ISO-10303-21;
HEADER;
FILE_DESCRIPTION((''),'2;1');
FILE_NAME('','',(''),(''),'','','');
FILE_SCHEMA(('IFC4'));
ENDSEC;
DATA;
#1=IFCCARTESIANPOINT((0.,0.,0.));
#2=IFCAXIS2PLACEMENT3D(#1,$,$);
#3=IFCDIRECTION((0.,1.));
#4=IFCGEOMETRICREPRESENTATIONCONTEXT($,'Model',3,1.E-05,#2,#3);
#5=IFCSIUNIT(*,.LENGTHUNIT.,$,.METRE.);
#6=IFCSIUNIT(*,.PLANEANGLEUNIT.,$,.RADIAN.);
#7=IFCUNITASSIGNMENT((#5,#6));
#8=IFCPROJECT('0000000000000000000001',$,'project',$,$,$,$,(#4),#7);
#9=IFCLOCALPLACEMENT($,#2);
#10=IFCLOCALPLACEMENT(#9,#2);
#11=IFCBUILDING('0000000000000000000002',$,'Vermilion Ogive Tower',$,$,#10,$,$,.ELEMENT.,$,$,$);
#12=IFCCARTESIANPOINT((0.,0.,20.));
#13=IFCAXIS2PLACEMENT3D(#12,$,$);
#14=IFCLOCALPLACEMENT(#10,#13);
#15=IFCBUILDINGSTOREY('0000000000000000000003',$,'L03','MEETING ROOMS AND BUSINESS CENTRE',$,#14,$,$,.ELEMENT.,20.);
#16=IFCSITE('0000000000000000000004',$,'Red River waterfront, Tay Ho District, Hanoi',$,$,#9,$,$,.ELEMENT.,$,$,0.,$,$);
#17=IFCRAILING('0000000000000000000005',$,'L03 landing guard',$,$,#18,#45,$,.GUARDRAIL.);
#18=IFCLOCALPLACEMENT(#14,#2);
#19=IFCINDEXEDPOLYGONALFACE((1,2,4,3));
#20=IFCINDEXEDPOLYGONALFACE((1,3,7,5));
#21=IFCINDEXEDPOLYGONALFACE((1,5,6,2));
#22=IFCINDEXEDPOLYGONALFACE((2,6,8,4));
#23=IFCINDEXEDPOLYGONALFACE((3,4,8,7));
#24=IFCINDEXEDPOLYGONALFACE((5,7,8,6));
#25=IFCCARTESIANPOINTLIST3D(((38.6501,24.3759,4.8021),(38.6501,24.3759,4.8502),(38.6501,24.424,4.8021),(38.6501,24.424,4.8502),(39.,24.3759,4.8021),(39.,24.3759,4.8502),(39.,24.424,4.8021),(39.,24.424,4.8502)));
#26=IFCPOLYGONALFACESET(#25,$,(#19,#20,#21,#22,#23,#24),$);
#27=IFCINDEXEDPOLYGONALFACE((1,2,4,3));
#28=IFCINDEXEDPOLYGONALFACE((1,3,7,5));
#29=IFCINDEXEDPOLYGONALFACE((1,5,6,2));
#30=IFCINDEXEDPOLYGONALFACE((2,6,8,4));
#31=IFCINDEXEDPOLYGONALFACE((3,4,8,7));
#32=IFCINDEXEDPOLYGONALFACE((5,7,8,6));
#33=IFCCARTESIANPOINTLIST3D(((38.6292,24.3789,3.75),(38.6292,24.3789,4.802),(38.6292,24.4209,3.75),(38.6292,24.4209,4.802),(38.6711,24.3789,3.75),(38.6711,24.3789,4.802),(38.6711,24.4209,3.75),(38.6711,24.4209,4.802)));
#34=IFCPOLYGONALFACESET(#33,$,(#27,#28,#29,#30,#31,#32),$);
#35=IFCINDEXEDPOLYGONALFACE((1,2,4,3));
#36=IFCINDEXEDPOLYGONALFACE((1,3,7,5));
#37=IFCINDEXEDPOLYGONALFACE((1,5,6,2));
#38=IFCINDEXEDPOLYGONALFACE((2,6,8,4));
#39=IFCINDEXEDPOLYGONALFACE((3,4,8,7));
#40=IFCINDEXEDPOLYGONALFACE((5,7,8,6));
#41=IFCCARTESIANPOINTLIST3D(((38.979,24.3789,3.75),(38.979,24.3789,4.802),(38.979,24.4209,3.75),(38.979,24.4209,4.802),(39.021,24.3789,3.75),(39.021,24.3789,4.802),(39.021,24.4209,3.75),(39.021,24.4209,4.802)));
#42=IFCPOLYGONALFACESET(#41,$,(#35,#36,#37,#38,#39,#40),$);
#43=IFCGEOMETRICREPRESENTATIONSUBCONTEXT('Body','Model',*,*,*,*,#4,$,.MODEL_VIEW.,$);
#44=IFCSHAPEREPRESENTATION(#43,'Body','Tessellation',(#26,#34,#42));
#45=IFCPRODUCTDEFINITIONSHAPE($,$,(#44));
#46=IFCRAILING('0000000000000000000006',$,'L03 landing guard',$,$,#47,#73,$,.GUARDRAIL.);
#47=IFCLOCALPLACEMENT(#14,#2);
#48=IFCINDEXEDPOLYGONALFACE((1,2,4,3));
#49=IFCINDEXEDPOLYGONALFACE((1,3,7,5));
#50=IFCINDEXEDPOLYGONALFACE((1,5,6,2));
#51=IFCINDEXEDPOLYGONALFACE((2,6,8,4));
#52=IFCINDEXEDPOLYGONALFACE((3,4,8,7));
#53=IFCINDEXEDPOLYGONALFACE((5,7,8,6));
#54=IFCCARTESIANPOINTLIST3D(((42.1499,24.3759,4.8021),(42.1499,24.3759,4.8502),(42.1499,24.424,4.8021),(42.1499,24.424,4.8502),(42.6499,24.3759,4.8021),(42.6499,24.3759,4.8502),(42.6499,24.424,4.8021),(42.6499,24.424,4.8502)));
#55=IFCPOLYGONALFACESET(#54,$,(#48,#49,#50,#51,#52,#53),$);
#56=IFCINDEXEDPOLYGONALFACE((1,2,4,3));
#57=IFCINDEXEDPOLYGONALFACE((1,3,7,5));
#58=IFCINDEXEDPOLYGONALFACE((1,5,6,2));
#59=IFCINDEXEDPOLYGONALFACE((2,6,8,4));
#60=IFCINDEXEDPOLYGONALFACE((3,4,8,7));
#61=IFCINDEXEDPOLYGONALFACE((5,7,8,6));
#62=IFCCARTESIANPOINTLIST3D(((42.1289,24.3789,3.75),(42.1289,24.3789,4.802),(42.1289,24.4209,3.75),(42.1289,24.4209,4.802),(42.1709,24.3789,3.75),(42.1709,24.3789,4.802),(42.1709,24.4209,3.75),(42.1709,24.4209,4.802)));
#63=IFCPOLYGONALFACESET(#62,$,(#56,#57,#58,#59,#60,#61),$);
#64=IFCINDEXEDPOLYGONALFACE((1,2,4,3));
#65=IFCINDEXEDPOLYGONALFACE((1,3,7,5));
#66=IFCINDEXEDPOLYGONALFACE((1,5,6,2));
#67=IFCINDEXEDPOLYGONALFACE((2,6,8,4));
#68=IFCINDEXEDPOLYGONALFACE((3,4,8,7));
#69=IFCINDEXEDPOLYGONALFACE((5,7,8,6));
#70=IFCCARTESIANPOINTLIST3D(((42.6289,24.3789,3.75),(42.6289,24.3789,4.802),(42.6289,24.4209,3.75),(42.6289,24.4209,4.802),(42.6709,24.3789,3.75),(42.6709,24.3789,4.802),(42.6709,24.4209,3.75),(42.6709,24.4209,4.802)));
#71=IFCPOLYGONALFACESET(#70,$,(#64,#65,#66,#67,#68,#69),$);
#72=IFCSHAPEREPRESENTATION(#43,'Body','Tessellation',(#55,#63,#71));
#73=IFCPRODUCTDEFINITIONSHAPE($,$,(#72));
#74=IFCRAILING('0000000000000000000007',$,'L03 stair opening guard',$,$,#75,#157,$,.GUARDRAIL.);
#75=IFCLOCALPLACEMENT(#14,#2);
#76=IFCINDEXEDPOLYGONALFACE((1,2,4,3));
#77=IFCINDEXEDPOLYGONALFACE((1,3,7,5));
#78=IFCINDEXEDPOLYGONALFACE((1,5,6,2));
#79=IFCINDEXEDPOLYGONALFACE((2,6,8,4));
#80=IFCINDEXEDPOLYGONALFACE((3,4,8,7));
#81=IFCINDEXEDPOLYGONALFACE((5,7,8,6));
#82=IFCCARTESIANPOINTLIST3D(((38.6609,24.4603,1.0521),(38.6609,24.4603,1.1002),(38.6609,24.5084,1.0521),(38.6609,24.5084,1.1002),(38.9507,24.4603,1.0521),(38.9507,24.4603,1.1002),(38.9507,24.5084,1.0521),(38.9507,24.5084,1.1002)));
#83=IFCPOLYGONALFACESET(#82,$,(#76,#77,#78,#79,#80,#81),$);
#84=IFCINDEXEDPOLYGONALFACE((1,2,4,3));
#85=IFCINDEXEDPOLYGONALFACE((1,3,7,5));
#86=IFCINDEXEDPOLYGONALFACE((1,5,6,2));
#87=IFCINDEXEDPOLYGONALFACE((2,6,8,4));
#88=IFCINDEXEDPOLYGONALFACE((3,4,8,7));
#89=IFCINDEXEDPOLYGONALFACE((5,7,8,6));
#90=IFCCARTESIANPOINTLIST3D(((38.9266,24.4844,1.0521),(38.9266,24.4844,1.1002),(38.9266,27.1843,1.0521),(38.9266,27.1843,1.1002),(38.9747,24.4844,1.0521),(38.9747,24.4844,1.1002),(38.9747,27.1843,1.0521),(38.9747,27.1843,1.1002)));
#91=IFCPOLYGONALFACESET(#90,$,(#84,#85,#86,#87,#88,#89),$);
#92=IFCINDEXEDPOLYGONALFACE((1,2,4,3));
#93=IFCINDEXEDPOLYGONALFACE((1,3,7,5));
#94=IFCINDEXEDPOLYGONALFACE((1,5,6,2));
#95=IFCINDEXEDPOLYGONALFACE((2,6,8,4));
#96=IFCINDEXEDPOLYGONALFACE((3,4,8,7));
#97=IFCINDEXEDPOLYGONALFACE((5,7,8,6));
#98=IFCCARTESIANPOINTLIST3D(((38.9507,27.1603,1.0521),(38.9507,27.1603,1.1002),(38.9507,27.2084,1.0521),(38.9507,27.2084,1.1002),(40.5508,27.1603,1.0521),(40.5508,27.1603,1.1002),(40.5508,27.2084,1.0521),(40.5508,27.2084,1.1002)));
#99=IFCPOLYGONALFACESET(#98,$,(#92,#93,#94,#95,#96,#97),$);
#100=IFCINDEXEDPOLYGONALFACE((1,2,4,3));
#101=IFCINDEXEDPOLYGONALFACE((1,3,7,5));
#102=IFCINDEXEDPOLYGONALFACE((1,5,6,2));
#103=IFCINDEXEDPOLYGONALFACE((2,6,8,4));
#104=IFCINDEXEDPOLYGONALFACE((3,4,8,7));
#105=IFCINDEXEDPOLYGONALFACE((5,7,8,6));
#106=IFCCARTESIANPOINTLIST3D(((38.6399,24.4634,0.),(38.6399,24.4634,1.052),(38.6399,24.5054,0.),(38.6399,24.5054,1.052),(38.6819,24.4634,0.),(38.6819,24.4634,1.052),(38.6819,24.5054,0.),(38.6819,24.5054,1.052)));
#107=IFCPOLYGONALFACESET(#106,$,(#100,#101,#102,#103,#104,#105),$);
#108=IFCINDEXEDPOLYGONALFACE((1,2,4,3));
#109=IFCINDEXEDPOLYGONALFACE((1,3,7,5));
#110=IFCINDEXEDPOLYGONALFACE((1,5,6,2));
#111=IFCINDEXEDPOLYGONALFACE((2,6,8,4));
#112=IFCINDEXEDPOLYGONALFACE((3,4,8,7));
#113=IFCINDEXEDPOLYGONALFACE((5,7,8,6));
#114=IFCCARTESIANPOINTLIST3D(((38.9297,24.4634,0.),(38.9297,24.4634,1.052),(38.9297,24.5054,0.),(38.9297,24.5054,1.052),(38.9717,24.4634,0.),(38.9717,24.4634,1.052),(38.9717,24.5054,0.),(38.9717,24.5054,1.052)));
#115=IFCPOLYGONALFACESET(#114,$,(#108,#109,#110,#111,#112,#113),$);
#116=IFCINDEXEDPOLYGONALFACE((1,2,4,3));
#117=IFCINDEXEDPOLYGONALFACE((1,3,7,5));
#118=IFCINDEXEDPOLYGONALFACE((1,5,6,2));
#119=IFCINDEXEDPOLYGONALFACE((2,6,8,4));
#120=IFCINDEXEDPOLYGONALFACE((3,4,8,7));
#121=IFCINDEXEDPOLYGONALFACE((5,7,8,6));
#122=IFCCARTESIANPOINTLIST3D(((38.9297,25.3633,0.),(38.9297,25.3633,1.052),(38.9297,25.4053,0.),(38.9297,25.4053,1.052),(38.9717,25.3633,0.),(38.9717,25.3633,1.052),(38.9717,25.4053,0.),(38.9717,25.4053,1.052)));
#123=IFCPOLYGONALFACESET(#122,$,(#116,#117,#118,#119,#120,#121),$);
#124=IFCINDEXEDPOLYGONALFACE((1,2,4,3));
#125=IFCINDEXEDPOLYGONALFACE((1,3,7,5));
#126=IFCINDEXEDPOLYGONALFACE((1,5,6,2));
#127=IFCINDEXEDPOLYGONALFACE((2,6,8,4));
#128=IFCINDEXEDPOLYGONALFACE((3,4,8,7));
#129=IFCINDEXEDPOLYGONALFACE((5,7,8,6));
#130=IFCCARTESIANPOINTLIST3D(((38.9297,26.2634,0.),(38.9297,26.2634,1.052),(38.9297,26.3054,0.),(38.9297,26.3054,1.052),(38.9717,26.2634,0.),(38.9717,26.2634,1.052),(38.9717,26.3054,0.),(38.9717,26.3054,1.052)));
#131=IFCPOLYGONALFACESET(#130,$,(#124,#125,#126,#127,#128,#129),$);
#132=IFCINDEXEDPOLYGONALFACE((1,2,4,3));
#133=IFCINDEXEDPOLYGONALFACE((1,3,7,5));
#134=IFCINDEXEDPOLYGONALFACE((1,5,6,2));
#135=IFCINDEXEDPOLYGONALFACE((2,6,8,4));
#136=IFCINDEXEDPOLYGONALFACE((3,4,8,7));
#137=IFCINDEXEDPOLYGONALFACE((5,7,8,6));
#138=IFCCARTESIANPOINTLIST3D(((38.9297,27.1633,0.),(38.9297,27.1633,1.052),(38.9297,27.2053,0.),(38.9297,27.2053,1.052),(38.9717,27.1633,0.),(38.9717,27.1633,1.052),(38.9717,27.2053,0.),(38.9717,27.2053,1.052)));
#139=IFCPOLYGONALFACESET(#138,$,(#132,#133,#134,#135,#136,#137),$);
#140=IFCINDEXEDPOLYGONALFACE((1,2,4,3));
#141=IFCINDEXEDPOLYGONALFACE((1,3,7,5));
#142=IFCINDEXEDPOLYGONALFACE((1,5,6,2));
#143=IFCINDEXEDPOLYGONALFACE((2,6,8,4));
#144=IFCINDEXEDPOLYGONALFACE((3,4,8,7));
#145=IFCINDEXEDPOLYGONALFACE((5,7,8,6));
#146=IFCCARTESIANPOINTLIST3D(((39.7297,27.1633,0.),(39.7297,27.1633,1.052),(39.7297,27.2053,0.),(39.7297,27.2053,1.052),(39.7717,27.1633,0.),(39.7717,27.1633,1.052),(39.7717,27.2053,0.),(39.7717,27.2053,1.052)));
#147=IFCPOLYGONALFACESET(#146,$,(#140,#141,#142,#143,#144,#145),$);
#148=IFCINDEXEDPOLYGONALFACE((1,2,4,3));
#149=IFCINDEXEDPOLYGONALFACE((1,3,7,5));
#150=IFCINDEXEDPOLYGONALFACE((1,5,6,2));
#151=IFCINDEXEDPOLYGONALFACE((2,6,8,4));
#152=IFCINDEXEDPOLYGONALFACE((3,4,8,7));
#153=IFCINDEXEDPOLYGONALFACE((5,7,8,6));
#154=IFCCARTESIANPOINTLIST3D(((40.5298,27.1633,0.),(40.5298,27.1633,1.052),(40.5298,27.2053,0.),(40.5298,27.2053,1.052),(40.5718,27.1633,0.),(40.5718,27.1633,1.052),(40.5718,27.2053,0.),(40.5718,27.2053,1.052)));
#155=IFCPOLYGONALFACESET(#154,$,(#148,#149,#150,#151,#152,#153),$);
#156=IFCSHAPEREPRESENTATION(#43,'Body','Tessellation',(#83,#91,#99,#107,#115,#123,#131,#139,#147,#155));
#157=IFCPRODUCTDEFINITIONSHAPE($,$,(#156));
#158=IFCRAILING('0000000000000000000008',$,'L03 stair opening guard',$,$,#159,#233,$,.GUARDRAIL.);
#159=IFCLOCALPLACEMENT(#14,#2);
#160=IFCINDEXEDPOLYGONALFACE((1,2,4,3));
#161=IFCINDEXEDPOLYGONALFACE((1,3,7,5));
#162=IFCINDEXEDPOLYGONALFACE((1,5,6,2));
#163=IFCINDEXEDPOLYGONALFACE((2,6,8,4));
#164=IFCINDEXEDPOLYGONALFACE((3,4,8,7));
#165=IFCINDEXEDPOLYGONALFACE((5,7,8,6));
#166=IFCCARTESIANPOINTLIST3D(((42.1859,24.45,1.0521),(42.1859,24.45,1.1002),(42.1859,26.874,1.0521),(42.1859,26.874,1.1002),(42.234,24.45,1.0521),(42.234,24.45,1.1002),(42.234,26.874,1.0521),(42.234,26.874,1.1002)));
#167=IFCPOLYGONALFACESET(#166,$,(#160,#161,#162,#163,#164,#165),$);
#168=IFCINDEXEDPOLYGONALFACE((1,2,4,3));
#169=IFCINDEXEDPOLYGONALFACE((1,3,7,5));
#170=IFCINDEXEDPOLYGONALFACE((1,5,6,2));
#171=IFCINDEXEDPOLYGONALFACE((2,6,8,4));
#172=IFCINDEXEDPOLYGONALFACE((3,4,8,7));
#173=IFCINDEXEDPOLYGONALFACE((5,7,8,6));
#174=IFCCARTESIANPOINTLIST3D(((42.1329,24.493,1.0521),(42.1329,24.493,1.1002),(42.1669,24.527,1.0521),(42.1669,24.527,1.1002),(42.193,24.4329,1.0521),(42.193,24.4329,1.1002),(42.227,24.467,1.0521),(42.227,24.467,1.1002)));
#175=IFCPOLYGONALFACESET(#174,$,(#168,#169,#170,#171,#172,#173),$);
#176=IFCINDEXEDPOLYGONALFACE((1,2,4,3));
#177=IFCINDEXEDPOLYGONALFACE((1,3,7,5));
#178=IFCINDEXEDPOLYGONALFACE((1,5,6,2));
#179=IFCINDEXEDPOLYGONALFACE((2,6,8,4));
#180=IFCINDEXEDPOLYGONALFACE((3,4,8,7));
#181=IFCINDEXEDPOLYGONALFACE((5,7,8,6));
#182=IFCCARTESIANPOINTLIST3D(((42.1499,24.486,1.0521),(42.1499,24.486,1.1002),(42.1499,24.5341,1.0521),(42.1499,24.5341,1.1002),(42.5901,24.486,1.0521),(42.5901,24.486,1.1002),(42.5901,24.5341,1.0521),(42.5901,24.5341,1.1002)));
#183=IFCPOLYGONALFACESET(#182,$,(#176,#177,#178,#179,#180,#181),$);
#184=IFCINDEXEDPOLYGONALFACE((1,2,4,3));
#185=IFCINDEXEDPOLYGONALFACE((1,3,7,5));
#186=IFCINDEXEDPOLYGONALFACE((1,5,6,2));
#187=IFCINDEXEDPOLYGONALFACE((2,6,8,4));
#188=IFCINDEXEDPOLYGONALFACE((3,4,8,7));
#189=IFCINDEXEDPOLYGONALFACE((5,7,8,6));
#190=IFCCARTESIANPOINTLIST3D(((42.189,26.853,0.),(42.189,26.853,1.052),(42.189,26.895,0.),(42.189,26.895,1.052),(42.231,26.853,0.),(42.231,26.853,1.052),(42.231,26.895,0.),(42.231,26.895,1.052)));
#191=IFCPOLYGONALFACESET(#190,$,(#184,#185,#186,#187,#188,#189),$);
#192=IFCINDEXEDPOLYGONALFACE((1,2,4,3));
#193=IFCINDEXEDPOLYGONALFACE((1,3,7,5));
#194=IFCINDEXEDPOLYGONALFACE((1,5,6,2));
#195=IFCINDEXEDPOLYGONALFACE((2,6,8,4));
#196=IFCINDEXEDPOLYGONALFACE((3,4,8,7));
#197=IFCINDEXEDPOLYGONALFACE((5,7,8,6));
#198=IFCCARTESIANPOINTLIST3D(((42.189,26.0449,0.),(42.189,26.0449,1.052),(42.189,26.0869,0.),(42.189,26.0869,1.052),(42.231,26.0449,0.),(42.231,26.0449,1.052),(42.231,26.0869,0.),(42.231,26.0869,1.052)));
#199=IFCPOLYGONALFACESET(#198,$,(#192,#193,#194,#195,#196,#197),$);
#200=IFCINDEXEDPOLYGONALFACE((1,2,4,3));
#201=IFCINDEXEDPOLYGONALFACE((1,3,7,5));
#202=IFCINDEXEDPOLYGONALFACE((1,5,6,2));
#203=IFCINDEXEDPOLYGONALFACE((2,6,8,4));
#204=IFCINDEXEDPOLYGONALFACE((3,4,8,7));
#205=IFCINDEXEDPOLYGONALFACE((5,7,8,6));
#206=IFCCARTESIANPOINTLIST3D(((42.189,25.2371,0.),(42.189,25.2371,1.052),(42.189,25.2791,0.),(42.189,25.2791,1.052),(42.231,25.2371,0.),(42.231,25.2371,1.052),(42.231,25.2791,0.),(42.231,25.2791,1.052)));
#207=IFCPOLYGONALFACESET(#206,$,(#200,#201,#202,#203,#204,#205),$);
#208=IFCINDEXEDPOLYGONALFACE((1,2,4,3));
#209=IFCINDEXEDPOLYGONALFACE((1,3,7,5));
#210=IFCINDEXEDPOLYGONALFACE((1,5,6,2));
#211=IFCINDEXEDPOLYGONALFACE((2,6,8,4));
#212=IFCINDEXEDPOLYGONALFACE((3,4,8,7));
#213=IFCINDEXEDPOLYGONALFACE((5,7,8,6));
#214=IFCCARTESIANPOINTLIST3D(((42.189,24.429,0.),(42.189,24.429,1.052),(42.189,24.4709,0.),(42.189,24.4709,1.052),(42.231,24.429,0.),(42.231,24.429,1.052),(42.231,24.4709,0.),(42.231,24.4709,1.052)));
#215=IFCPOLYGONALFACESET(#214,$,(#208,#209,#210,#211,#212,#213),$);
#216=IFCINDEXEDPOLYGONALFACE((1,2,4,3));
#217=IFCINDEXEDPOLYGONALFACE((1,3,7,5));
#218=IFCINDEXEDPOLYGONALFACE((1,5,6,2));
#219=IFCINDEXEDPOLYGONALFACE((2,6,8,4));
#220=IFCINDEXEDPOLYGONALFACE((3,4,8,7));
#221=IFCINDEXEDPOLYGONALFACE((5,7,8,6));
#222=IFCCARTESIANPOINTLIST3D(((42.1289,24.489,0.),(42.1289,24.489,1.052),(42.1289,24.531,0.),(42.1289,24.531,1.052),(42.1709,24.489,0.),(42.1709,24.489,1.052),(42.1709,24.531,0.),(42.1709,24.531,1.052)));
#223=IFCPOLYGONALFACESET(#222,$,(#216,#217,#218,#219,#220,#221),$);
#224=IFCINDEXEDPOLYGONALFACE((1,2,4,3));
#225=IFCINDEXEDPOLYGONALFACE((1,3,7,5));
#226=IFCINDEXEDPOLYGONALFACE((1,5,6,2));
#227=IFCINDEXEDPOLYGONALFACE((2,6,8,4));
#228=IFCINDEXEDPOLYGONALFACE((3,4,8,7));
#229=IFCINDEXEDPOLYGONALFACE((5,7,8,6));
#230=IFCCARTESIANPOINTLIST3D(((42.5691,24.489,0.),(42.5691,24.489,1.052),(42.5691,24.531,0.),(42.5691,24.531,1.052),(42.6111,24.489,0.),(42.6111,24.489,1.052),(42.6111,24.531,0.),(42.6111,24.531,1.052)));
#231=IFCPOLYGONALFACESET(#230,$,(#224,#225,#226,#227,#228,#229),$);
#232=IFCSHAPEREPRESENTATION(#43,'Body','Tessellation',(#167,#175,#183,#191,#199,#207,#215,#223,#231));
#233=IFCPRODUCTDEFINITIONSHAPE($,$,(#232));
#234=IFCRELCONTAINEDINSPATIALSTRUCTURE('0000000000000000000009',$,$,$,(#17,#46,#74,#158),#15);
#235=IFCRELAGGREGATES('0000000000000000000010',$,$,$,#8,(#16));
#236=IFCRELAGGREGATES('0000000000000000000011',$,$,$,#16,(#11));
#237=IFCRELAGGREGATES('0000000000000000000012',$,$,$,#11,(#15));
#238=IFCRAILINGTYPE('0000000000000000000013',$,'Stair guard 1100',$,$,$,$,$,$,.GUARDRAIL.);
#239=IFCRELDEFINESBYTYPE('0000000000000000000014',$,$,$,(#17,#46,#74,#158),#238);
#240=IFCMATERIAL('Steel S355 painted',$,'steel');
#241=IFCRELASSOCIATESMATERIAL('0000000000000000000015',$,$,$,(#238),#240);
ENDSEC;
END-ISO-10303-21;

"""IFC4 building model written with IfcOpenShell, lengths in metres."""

from ifc_helpers import new_model, si_unit, direction, frame, origin, origin_2d, place, context, subcontext, project, spatial, rectangle, extrude, material, type_object, element, save


model = new_model("IFC4")

# Units and contexts
model_context = context("Model", 3, precision=1e-05, world=origin(), true_north=direction((0.0, 1.0)))
body_context = subcontext(model_context, "Body", "Model", "MODEL_VIEW")
ifc_project = project(units=[si_unit("LENGTHUNIT", "METRE"), si_unit("PLANEANGLEUNIT", "RADIAN")], contexts=[model_context])

# Site, building, storey
site_placement = place(None, origin())
site = spatial("IfcSite", under=ifc_project, at=site_placement, Name="Red River waterfront, Tay Ho District, Hanoi", CompositionType="ELEMENT", RefElevation=0.0)
building_placement = place(site_placement, origin())
building = spatial("IfcBuilding", under=site, at=building_placement, Name="Vermilion Ogive Tower", CompositionType="ELEMENT")
storey_placement = place(building_placement, frame((0.0, 0.0, 20.0)))
storey = spatial("IfcBuildingStorey", under=building, at=storey_placement, Name="L03", Description="MEETING ROOMS AND BUSINESS CENTRE", CompositionType="ELEMENT", Elevation=20.0)

# Railings
ifc_material_1 = material(Name="Steel S355 painted", Category="steel")
railing_type_1 = type_object("IfcRailingType", Name="Stair guard 1100", PredefinedType="GUARDRAIL", material=ifc_material_1)
railing_1_placement = place(storey_placement, frame((38.6501, 24.3999, 3.75)))
element("IfcRailing", 1, at=railing_1_placement, inside=storey, type_object=railing_type_1, Name="L03 landing guard", PredefinedType="GUARDRAIL", context=body_context, shape_type="SweptSolid", body=[
    extrude(rectangle(XDim=0.0481, YDim=0.0481, at=origin_2d()), frame((0.0, 0.0, 1.0762), z_axis=(1.0, 0.0, 0.0), x_axis=(0.0, 1.0, 0.0)), (0.0, 0.0, 1.0), 0.3499),
    extrude(rectangle(XDim=0.042, YDim=0.042, at=origin_2d()), origin(), (0.0, 0.0, 1.0), 1.052),
    extrude(rectangle(XDim=0.042, YDim=0.042, at=origin_2d()), frame((0.3499, 0.0, 0.0)), (0.0, 0.0, 1.0), 1.052),
])
railing_2_placement = place(storey_placement, frame((42.1499, 24.3999, 3.75)))
element("IfcRailing", 2, at=railing_2_placement, inside=storey, type_object=railing_type_1, Name="L03 landing guard", PredefinedType="GUARDRAIL", context=body_context, shape_type="SweptSolid", body=[
    extrude(rectangle(XDim=0.0481, YDim=0.0481, at=origin_2d()), frame((0.0, 0.0, 1.0762), z_axis=(1.0, 0.0, 0.0), x_axis=(0.0, 1.0, 0.0)), (0.0, 0.0, 1.0), 0.5),
    extrude(rectangle(XDim=0.042, YDim=0.042, at=origin_2d()), origin(), (0.0, 0.0, 1.0), 1.052),
    extrude(rectangle(XDim=0.042, YDim=0.042, at=origin_2d()), frame((0.5, 0.0, 0.0)), (0.0, 0.0, 1.0), 1.052),
])
railing_3_placement = place(storey_placement, frame((38.6609, 24.4844, 0.0)))
element("IfcRailing", 3, at=railing_3_placement, inside=storey, type_object=railing_type_1, Name="L03 stair opening guard", PredefinedType="GUARDRAIL", context=body_context, shape_type="SweptSolid", body=[
    extrude(rectangle(XDim=0.0481, YDim=0.0481, at=origin_2d()), frame((0.0, 0.0, 1.0762), z_axis=(1.0, 0.0, 0.0), x_axis=(0.0, 1.0, 0.0)), (0.0, 0.0, 1.0), 0.2898),
    extrude(rectangle(XDim=0.0481, YDim=0.0481, at=origin_2d()), frame((0.2898, 0.0, 1.0762), z_axis=(0.0, 1.0, 0.0), x_axis=(-1.0, 0.0, 0.0)), (0.0, 0.0, 1.0), 2.7),
    extrude(rectangle(XDim=0.0481, YDim=0.0481, at=origin_2d()), frame((0.2898, 2.7, 1.0762), z_axis=(1.0, 0.0, 0.0), x_axis=(0.0, 1.0, 0.0)), (0.0, 0.0, 1.0), 1.6001),
    extrude(rectangle(XDim=0.042, YDim=0.042, at=origin_2d()), origin(), (0.0, 0.0, 1.0), 1.052),
    extrude(rectangle(XDim=0.042, YDim=0.042, at=origin_2d()), frame((0.2898, 0.0, 0.0)), (0.0, 0.0, 1.0), 1.052),
    extrude(rectangle(XDim=0.042, YDim=0.042, at=origin_2d()), frame((0.2898, 0.8999, 0.0)), (0.0, 0.0, 1.0), 1.052),
    extrude(rectangle(XDim=0.042, YDim=0.042, at=origin_2d()), frame((0.2898, 1.8, 0.0)), (0.0, 0.0, 1.0), 1.052),
    extrude(rectangle(XDim=0.042, YDim=0.042, at=origin_2d()), frame((0.2898, 2.7, 0.0)), (0.0, 0.0, 1.0), 1.052),
    extrude(rectangle(XDim=0.042, YDim=0.042, at=origin_2d()), frame((1.0898, 2.7, 0.0)), (0.0, 0.0, 1.0), 1.052),
    extrude(rectangle(XDim=0.042, YDim=0.042, at=origin_2d()), frame((1.8899, 2.7, 0.0)), (0.0, 0.0, 1.0), 1.052),
])
railing_4_placement = place(storey_placement, frame((42.21, 26.874, 0.0)))
element("IfcRailing", 4, at=railing_4_placement, inside=storey, type_object=railing_type_1, Name="L03 stair opening guard", PredefinedType="GUARDRAIL", context=body_context, shape_type="SweptSolid", body=[
    extrude(rectangle(XDim=0.0481, YDim=0.0481, at=origin_2d()), frame((0.0, 0.0, 1.0762), z_axis=(0.0, -1.0, 0.0), x_axis=(1.0, 0.0, 0.0)), (0.0, 0.0, 1.0), 2.4241),
    extrude(rectangle(XDim=0.0481, YDim=0.0481, at=origin_2d()), frame((0.0, -2.4241, 1.0762), z_axis=(-0.707107, 0.707107, 0.0), x_axis=(-0.707107, -0.707107, 0.0)), (0.0, 0.0, 1.0), 0.085),
    extrude(rectangle(XDim=0.0481, YDim=0.0481, at=origin_2d()), frame((-0.0601, -2.364, 1.0762), z_axis=(1.0, 0.0, 0.0), x_axis=(0.0, 1.0, 0.0)), (0.0, 0.0, 1.0), 0.4402),
    extrude(rectangle(XDim=0.042, YDim=0.042, at=origin_2d()), origin(), (0.0, 0.0, 1.0), 1.052),
    extrude(rectangle(XDim=0.042, YDim=0.042, at=origin_2d()), frame((0.0, -0.8081, 0.0)), (0.0, 0.0, 1.0), 1.052),
    extrude(rectangle(XDim=0.042, YDim=0.042, at=origin_2d()), frame((0.0, -1.616, 0.0)), (0.0, 0.0, 1.0), 1.052),
    extrude(rectangle(XDim=0.042, YDim=0.042, at=origin_2d()), frame((0.0, -2.4241, 0.0)), (0.0, 0.0, 1.0), 1.052),
    extrude(rectangle(XDim=0.042, YDim=0.042, at=origin_2d()), frame((-0.0601, -2.364, 0.0)), (0.0, 0.0, 1.0), 1.052),
    extrude(rectangle(XDim=0.042, YDim=0.042, at=origin_2d()), frame((0.3801, -2.364, 0.0)), (0.0, 0.0, 1.0), 1.052),
])

save(model, "model.ifc")
